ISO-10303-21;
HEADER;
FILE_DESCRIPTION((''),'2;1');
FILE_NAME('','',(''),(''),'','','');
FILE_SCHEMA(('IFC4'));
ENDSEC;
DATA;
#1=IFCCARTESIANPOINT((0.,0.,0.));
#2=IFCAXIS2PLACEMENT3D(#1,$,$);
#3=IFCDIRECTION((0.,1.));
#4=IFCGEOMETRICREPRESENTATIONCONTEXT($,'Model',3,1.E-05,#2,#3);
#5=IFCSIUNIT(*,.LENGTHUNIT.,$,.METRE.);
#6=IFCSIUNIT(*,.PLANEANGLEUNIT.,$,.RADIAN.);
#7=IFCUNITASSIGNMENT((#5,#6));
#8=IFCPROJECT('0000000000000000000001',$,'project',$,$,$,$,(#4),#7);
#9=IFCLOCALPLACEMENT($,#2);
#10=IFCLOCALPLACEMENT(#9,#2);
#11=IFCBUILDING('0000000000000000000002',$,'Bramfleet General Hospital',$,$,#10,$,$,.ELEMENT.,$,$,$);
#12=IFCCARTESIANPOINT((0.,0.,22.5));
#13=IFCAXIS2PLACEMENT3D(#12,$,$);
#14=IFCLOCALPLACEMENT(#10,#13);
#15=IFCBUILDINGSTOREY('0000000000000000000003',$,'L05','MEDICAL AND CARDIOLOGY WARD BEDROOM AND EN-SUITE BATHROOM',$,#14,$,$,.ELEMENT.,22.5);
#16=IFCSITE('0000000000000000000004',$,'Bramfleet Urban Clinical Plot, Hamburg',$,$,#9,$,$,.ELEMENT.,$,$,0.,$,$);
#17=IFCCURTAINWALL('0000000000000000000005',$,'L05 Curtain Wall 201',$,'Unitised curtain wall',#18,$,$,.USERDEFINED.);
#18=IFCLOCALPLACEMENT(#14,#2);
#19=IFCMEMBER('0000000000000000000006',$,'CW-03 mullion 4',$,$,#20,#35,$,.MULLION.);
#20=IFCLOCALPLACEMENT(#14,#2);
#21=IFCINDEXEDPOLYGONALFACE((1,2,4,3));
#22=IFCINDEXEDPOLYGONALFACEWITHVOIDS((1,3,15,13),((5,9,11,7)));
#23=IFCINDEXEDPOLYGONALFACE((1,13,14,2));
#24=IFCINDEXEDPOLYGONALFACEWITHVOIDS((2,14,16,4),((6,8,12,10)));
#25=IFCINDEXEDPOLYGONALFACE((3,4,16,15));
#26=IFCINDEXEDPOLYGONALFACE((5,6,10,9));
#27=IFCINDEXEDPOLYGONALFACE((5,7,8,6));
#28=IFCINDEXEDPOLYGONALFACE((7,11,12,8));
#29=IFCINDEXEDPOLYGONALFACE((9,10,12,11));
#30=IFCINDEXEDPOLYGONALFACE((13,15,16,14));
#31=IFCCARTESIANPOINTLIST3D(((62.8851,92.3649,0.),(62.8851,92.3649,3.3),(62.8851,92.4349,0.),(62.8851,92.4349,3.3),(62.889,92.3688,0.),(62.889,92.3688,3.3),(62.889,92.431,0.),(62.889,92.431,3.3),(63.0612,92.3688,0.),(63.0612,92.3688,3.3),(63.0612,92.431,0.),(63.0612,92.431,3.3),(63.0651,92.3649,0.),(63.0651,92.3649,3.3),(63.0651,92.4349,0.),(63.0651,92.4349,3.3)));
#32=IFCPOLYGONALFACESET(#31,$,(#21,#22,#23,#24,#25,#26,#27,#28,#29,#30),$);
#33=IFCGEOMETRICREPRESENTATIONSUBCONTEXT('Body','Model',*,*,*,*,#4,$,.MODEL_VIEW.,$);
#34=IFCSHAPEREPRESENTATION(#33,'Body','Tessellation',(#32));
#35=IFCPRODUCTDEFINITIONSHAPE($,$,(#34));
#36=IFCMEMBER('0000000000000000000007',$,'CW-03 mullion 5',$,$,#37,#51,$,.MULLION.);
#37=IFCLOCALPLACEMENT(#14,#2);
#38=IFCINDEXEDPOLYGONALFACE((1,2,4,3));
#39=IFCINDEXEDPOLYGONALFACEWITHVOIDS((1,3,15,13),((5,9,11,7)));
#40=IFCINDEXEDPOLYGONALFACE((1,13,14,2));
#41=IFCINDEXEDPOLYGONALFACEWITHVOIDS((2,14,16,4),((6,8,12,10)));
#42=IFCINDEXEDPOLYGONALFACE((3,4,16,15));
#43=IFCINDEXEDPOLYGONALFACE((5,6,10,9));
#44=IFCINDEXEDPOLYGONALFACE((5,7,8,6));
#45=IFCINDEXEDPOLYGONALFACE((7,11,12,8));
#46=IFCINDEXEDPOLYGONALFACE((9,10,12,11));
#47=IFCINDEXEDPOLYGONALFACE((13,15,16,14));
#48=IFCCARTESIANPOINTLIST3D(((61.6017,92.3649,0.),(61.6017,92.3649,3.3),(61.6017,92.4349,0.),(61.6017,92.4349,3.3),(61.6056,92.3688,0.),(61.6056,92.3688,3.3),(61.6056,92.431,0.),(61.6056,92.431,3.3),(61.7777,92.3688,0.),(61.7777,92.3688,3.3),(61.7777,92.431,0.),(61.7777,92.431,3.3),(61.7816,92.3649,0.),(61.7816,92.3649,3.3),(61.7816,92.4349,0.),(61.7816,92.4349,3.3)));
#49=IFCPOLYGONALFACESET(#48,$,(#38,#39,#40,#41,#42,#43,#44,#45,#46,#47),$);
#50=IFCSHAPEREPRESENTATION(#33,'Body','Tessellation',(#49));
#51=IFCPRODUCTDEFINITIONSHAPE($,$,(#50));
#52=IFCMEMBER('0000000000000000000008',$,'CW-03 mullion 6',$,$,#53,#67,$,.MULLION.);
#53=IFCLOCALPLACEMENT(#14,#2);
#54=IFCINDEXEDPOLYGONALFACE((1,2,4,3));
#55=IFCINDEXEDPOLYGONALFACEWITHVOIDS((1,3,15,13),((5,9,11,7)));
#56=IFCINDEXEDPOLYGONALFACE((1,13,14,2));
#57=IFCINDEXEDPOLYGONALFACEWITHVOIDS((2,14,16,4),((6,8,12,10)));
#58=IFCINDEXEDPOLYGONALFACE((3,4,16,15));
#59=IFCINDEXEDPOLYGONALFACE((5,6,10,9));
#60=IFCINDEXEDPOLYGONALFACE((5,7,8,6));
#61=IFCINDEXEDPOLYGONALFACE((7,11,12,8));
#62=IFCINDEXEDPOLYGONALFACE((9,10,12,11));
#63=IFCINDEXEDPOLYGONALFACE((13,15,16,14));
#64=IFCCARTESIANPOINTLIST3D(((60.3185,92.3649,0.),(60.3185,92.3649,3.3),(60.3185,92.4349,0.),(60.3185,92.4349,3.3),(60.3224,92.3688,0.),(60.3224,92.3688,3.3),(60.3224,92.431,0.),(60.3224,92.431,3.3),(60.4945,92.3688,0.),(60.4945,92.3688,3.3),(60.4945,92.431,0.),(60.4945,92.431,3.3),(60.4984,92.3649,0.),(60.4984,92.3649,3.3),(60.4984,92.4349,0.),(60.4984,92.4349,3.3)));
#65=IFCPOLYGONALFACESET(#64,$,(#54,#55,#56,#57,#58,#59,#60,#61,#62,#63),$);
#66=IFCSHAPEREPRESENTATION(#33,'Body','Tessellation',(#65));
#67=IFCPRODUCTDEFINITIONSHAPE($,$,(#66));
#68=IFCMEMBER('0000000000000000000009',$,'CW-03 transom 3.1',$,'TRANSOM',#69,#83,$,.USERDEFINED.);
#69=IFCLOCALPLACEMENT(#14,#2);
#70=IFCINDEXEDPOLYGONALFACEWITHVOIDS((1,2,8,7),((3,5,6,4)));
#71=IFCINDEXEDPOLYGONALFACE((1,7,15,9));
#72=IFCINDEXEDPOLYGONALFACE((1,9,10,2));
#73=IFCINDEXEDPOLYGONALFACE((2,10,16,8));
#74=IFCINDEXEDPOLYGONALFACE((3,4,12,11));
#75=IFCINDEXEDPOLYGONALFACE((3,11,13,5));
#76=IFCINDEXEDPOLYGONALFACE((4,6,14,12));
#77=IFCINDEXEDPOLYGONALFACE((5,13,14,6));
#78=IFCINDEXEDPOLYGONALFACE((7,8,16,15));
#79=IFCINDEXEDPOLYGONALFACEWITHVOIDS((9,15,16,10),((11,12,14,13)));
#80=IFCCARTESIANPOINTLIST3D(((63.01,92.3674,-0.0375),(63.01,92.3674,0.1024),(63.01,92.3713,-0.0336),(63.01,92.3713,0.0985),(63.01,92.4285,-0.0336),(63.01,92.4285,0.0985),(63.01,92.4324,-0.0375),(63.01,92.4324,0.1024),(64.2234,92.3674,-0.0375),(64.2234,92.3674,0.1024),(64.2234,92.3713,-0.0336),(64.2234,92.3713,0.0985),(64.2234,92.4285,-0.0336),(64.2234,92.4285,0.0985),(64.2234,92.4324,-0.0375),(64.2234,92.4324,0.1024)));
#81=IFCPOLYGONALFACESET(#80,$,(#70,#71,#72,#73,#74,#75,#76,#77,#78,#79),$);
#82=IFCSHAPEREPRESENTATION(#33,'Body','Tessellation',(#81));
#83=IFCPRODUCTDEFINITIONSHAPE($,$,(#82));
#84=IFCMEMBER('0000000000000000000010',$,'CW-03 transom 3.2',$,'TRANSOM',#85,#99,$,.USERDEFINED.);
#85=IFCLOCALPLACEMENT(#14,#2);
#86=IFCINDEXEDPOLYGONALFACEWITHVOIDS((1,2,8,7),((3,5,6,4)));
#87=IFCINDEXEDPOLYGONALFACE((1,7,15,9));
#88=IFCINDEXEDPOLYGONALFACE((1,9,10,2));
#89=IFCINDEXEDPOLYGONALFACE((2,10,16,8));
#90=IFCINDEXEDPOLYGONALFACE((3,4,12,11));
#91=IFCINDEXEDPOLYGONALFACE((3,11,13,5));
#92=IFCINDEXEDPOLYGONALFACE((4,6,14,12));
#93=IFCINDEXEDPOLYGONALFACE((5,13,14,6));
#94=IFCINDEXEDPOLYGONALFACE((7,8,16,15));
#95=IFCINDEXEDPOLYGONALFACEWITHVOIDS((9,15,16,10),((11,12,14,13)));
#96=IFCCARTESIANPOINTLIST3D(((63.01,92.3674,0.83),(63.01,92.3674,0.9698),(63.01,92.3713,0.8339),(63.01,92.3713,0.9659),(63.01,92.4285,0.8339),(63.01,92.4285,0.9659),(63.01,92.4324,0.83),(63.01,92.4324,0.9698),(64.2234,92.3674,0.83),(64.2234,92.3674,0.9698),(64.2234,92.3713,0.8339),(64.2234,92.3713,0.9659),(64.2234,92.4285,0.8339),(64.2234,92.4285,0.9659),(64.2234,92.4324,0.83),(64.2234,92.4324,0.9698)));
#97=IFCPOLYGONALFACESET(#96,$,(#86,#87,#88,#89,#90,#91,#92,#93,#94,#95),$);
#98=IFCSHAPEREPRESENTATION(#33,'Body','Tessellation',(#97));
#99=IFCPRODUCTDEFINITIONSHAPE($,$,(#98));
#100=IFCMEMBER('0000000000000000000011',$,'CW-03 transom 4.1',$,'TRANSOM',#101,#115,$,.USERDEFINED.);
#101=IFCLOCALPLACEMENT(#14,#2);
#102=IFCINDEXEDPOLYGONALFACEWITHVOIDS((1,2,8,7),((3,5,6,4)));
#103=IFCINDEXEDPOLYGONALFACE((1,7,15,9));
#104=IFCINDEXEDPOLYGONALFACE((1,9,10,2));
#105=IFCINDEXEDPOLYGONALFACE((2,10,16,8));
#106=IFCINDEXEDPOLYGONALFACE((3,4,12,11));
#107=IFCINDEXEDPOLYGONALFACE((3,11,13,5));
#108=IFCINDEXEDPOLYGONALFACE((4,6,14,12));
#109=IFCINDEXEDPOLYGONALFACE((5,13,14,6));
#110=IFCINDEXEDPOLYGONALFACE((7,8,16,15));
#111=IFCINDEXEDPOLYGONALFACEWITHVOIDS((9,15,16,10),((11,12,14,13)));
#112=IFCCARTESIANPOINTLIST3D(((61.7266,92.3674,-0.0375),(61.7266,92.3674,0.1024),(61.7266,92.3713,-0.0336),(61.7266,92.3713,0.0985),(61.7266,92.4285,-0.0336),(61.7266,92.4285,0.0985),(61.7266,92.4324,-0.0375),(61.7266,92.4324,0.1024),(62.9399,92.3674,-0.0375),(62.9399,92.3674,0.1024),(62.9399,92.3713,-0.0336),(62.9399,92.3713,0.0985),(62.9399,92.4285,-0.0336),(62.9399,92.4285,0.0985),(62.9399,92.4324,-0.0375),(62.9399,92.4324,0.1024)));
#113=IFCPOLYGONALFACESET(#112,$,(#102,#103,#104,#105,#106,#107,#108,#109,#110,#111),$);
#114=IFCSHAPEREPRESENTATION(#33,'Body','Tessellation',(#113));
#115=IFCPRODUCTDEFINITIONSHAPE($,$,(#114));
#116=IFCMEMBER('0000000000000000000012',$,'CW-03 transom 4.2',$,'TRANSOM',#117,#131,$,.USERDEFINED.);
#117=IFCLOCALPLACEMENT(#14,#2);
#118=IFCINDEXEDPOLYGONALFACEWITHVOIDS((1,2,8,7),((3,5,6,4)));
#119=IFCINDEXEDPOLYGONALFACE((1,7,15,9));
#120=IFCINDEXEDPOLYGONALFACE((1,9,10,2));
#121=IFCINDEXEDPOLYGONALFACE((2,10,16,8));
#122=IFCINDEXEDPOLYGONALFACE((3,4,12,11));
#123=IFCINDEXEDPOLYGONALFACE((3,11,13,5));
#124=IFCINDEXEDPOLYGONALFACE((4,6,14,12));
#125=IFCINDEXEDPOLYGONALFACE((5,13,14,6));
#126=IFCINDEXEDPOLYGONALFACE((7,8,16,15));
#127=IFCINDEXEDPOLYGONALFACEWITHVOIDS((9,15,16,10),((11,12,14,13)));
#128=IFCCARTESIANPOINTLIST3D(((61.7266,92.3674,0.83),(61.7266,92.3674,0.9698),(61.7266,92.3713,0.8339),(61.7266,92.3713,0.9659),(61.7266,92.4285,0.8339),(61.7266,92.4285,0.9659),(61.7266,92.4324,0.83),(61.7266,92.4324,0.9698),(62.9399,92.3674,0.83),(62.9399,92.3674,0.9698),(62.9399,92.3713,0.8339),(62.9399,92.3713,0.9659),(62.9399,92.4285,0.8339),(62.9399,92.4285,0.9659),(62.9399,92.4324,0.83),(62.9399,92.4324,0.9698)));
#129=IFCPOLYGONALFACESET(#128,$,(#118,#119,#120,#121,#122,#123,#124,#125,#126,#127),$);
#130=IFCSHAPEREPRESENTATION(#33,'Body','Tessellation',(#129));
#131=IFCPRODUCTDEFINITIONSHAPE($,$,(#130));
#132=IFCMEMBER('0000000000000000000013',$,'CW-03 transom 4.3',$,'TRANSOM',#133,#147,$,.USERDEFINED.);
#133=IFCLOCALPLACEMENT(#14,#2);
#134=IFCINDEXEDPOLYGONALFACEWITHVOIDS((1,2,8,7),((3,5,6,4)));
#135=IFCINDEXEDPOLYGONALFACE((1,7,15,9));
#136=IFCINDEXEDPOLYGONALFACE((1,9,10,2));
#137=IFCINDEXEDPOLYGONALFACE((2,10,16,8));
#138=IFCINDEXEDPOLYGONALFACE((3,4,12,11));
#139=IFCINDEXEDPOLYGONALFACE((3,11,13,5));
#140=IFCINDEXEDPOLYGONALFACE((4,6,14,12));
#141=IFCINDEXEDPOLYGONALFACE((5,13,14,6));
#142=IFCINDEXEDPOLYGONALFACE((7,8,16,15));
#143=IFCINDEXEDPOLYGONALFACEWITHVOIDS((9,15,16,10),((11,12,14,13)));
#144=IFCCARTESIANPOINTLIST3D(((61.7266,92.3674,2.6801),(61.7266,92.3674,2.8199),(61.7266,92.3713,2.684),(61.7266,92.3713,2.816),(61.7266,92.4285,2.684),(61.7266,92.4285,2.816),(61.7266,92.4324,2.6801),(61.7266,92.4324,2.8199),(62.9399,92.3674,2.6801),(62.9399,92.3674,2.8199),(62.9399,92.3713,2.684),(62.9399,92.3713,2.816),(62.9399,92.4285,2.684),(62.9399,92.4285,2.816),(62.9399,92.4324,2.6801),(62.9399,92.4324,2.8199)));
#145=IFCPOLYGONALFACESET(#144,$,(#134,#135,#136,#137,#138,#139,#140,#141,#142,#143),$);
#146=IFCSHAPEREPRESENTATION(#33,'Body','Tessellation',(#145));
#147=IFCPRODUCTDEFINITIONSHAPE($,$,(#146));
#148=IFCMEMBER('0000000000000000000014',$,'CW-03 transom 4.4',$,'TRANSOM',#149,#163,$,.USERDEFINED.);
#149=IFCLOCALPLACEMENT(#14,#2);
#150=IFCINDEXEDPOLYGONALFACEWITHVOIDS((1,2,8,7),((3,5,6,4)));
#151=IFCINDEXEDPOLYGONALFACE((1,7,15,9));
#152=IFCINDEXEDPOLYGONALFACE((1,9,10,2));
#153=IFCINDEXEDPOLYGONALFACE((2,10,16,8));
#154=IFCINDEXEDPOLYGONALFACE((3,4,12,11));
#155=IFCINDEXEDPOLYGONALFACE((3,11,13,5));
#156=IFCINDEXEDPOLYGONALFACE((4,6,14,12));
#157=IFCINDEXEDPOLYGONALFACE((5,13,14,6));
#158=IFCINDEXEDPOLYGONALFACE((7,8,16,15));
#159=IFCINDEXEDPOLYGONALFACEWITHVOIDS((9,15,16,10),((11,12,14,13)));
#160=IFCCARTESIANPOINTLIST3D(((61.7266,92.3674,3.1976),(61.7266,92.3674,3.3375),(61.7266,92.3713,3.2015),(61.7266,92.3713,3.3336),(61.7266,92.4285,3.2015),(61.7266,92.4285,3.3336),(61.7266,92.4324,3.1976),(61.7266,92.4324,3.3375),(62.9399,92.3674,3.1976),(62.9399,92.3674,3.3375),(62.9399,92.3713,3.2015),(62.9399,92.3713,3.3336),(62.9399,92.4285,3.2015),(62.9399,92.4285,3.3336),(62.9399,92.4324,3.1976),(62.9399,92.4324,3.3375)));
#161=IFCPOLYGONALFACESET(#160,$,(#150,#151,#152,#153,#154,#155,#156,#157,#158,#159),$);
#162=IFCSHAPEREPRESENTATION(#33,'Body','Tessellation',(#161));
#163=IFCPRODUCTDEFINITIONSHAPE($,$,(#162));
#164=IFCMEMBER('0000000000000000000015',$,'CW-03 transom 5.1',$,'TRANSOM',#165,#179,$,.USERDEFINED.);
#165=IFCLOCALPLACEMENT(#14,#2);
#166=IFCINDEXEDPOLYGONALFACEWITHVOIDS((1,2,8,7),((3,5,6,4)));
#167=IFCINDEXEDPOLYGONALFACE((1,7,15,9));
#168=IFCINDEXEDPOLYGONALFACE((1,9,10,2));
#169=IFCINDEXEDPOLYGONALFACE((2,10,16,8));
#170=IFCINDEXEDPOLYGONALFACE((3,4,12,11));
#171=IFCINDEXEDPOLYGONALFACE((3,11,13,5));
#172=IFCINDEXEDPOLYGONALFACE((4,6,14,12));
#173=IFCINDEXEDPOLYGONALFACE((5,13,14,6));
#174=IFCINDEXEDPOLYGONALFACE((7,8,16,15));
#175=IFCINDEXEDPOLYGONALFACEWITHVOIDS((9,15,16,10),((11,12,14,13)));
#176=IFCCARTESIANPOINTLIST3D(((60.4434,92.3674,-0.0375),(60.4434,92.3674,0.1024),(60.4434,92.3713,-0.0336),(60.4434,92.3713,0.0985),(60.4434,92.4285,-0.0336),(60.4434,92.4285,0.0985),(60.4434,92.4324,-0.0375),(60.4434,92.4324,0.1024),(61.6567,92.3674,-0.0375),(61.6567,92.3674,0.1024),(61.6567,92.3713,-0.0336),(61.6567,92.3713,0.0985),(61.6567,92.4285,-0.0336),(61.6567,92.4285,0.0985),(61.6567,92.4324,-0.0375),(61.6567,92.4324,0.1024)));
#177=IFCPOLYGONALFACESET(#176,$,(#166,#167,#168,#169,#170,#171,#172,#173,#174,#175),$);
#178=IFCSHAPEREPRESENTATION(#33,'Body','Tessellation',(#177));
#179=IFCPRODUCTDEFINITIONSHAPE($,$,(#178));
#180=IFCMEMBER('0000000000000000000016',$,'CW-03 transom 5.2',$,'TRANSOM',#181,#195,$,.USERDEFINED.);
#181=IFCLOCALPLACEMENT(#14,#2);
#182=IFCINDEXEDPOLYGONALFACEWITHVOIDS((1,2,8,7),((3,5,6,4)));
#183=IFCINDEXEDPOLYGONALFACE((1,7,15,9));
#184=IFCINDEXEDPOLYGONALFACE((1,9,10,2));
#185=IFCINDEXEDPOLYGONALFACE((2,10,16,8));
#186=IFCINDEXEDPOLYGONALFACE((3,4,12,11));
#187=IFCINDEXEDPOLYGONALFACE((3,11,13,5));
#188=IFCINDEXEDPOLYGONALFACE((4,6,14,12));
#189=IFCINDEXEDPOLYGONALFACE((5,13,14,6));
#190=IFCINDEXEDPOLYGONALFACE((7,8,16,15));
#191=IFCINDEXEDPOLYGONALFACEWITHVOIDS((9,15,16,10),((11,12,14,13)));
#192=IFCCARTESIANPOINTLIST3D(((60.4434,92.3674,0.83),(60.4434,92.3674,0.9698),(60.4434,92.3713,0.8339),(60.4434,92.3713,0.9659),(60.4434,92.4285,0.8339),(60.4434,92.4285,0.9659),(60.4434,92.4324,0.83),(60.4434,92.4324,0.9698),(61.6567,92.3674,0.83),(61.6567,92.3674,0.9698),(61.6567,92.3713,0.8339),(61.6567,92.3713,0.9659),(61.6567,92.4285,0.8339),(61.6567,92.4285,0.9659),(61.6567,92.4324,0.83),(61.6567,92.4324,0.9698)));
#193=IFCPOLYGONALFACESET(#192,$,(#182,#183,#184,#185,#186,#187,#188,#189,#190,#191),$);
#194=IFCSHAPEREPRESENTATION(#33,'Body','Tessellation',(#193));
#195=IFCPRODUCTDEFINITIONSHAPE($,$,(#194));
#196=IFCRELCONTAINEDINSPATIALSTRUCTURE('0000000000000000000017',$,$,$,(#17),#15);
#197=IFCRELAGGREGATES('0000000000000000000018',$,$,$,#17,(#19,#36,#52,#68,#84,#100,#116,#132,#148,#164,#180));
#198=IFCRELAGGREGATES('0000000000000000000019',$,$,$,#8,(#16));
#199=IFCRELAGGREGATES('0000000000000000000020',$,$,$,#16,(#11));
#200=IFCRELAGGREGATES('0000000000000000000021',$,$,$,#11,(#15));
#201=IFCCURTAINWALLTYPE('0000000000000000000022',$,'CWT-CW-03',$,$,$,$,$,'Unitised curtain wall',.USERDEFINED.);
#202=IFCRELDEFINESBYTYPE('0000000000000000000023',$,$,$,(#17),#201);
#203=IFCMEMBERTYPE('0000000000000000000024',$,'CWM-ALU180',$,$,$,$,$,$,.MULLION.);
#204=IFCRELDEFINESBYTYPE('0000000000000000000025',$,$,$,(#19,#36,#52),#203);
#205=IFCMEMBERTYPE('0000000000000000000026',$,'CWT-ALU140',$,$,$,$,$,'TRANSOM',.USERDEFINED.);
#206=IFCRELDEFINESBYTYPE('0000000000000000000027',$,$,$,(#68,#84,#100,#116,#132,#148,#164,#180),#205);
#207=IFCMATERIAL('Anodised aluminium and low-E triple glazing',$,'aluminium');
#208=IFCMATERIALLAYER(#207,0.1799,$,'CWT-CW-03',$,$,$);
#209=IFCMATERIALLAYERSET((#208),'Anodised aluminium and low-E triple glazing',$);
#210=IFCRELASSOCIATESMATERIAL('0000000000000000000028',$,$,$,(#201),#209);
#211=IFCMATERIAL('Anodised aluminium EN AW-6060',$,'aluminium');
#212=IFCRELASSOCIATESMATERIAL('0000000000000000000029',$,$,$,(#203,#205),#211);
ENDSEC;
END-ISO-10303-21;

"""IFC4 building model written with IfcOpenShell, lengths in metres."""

from ifc_helpers import new_model, si_unit, direction, frame, origin, origin_2d, place, context, subcontext, project, spatial, hollow_rectangle, extrude, material, layer, layer_set, material_profile, profile_set, type_object, element, aggregate, save


model = new_model("IFC4")

# Units and contexts
model_context = context("Model", 3, precision=1e-05, world=origin(), true_north=direction((0.0, 1.0)))
body_context = subcontext(model_context, "Body", "Model", "MODEL_VIEW")
ifc_project = project(units=[si_unit("LENGTHUNIT", "METRE"), si_unit("PLANEANGLEUNIT", "RADIAN")], contexts=[model_context])

# Site, building, storey
site_placement = place(None, origin())
site = spatial("IfcSite", under=ifc_project, at=site_placement, Name="Bramfleet Urban Clinical Plot, Hamburg", CompositionType="ELEMENT", RefElevation=0.0)
building_placement = place(site_placement, origin())
building = spatial("IfcBuilding", under=site, at=building_placement, Name="Bramfleet General Hospital", CompositionType="ELEMENT")
storey_placement = place(building_placement, frame((0.0, 0.0, 22.5)))
storey = spatial("IfcBuildingStorey", under=building, at=storey_placement, Name="L05", Description="MEDICAL AND CARDIOLOGY WARD BEDROOM AND EN-SUITE BATHROOM", CompositionType="ELEMENT", Elevation=22.5)

# Curtain wall, members
ifc_material_1 = material(Name="Anodised aluminium and low-E triple glazing", Category="aluminium")
ifc_layer_1 = layer(ifc_material_1, 0.1799, Name="CWT-CW-03")
ifc_layer_set_1 = layer_set([ifc_layer_1], Name="Anodised aluminium and low-E triple glazing")
curtain_wall_type = type_object("IfcCurtainWallType", Name="CWT-CW-03", ElementType="Unitised curtain wall", PredefinedType="USERDEFINED", material=ifc_layer_set_1)
curtain_wall_placement = place(storey_placement, origin())
curtain_wall = element("IfcCurtainWall", 1, at=curtain_wall_placement, inside=storey, type_object=curtain_wall_type, Name="L05 Curtain Wall 201", ObjectType="Unitised curtain wall", PredefinedType="USERDEFINED")
ifc_material_2 = material(Name="Anodised aluminium EN AW-6060", Category="aluminium")
ifc_material_profile_1 = material_profile(ifc_material_2, hollow_rectangle(XDim=0.0701, YDim=0.1799, WallThickness=0.0039, at=origin_2d()), Name="ALU 180x70x4.0")
ifc_profile_set_1 = profile_set([ifc_material_profile_1], Name="Anodised aluminium EN AW-6060")
member_type_1 = type_object("IfcMemberType", Name="CWM-ALU180", PredefinedType="MULLION", material=ifc_profile_set_1)
member_1_placement = place(storey_placement, frame((62.9751, 92.3999, 0.0), z_axis=(0.0, 0.0, 1.0), x_axis=(0.0, -1.0, 0.0)))
member_1 = element("IfcMember", 2, at=member_1_placement, type_object=member_type_1, Name="CW-03 mullion 4", PredefinedType="MULLION", context=body_context, shape_type="SweptSolid", body=[
    extrude(hollow_rectangle(XDim=0.0701, YDim=0.1799, WallThickness=0.0039, at=origin_2d()), origin(), (0.0, 0.0, 1.0), 3.3),
])
member_2_placement = place(storey_placement, frame((61.6917, 92.3999, 0.0), z_axis=(0.0, 0.0, 1.0), x_axis=(0.0, -1.0, 0.0)))
member_2 = element("IfcMember", 3, at=member_2_placement, type_object=member_type_1, Name="CW-03 mullion 5", PredefinedType="MULLION", context=body_context, shape_type="SweptSolid", body=[
    extrude(hollow_rectangle(XDim=0.0701, YDim=0.1799, WallThickness=0.0039, at=origin_2d()), origin(), (0.0, 0.0, 1.0), 3.3),
])
member_3_placement = place(storey_placement, frame((60.4084, 92.3999, 0.0), z_axis=(0.0, 0.0, 1.0), x_axis=(0.0, -1.0, 0.0)))
member_3 = element("IfcMember", 4, at=member_3_placement, type_object=member_type_1, Name="CW-03 mullion 6", PredefinedType="MULLION", context=body_context, shape_type="SweptSolid", body=[
    extrude(hollow_rectangle(XDim=0.0701, YDim=0.1799, WallThickness=0.0039, at=origin_2d()), origin(), (0.0, 0.0, 1.0), 3.3),
])
ifc_material_profile_2 = material_profile(ifc_material_2, hollow_rectangle(XDim=0.0649, YDim=0.1399, WallThickness=0.0039, at=origin_2d()), Name="ALU 140x65x4.0")
ifc_profile_set_2 = profile_set([ifc_material_profile_2], Name="Anodised aluminium EN AW-6060")
member_type_2 = type_object("IfcMemberType", Name="CWT-ALU140", ElementType="TRANSOM", PredefinedType="USERDEFINED", material=ifc_profile_set_2)
member_4_placement = place(storey_placement, frame((64.2234, 92.3999, 0.0325), z_axis=(-1.0, 0.0, 0.0), x_axis=(0.0, -1.0, 0.0)))
member_4 = element("IfcMember", 5, at=member_4_placement, type_object=member_type_2, Name="CW-03 transom 3.1", ObjectType="TRANSOM", PredefinedType="USERDEFINED", context=body_context, shape_type="SweptSolid", body=[
    extrude(hollow_rectangle(XDim=0.0649, YDim=0.1399, WallThickness=0.0039, at=origin_2d()), origin(), (0.0, 0.0, 1.0), 1.2134),
])
member_5_placement = place(storey_placement, frame((64.2234, 92.3999, 0.8999), z_axis=(-1.0, 0.0, 0.0), x_axis=(0.0, -1.0, 0.0)))
member_5 = element("IfcMember", 6, at=member_5_placement, type_object=member_type_2, Name="CW-03 transom 3.2", ObjectType="TRANSOM", PredefinedType="USERDEFINED", context=body_context, shape_type="SweptSolid", body=[
    extrude(hollow_rectangle(XDim=0.0649, YDim=0.1399, WallThickness=0.0039, at=origin_2d()), origin(), (0.0, 0.0, 1.0), 1.2134),
])
member_6_placement = place(storey_placement, frame((62.9399, 92.3999, 0.0325), z_axis=(-1.0, 0.0, 0.0), x_axis=(0.0, -1.0, 0.0)))
member_6 = element("IfcMember", 7, at=member_6_placement, type_object=member_type_2, Name="CW-03 transom 4.1", ObjectType="TRANSOM", PredefinedType="USERDEFINED", context=body_context, shape_type="SweptSolid", body=[
    extrude(hollow_rectangle(XDim=0.0649, YDim=0.1399, WallThickness=0.0039, at=origin_2d()), origin(), (0.0, 0.0, 1.0), 1.2134),
])
member_7_placement = place(storey_placement, frame((62.9399, 92.3999, 0.8999), z_axis=(-1.0, 0.0, 0.0), x_axis=(0.0, -1.0, 0.0)))
member_7 = element("IfcMember", 8, at=member_7_placement, type_object=member_type_2, Name="CW-03 transom 4.2", ObjectType="TRANSOM", PredefinedType="USERDEFINED", context=body_context, shape_type="SweptSolid", body=[
    extrude(hollow_rectangle(XDim=0.0649, YDim=0.1399, WallThickness=0.0039, at=origin_2d()), origin(), (0.0, 0.0, 1.0), 1.2134),
])
member_8_placement = place(storey_placement, frame((62.9399, 92.3999, 2.75), z_axis=(-1.0, 0.0, 0.0), x_axis=(0.0, -1.0, 0.0)))
member_8 = element("IfcMember", 9, at=member_8_placement, type_object=member_type_2, Name="CW-03 transom 4.3", ObjectType="TRANSOM", PredefinedType="USERDEFINED", context=body_context, shape_type="SweptSolid", body=[
    extrude(hollow_rectangle(XDim=0.0649, YDim=0.1399, WallThickness=0.0039, at=origin_2d()), origin(), (0.0, 0.0, 1.0), 1.2134),
])
member_9_placement = place(storey_placement, frame((62.9399, 92.3999, 3.2676), z_axis=(-1.0, 0.0, 0.0), x_axis=(0.0, -1.0, 0.0)))
member_9 = element("IfcMember", 10, at=member_9_placement, type_object=member_type_2, Name="CW-03 transom 4.4", ObjectType="TRANSOM", PredefinedType="USERDEFINED", context=body_context, shape_type="SweptSolid", body=[
    extrude(hollow_rectangle(XDim=0.0649, YDim=0.1399, WallThickness=0.0039, at=origin_2d()), origin(), (0.0, 0.0, 1.0), 1.2134),
])
member_10_placement = place(storey_placement, frame((61.6567, 92.3999, 0.0325), z_axis=(-1.0, 0.0, 0.0), x_axis=(0.0, -1.0, 0.0)))
member_10 = element("IfcMember", 11, at=member_10_placement, type_object=member_type_2, Name="CW-03 transom 5.1", ObjectType="TRANSOM", PredefinedType="USERDEFINED", context=body_context, shape_type="SweptSolid", body=[
    extrude(hollow_rectangle(XDim=0.0649, YDim=0.1399, WallThickness=0.0039, at=origin_2d()), origin(), (0.0, 0.0, 1.0), 1.2134),
])
member_11_placement = place(storey_placement, frame((61.6567, 92.3999, 0.8999), z_axis=(-1.0, 0.0, 0.0), x_axis=(0.0, -1.0, 0.0)))
member_11 = element("IfcMember", 12, at=member_11_placement, type_object=member_type_2, Name="CW-03 transom 5.2", ObjectType="TRANSOM", PredefinedType="USERDEFINED", context=body_context, shape_type="SweptSolid", body=[
    extrude(hollow_rectangle(XDim=0.0649, YDim=0.1399, WallThickness=0.0039, at=origin_2d()), origin(), (0.0, 0.0, 1.0), 1.2134),
])
aggregate(curtain_wall, [member_1, member_2, member_3, member_4, member_5, member_6, member_7, member_8, member_9, member_10, member_11])

save(model, "model.ifc")
